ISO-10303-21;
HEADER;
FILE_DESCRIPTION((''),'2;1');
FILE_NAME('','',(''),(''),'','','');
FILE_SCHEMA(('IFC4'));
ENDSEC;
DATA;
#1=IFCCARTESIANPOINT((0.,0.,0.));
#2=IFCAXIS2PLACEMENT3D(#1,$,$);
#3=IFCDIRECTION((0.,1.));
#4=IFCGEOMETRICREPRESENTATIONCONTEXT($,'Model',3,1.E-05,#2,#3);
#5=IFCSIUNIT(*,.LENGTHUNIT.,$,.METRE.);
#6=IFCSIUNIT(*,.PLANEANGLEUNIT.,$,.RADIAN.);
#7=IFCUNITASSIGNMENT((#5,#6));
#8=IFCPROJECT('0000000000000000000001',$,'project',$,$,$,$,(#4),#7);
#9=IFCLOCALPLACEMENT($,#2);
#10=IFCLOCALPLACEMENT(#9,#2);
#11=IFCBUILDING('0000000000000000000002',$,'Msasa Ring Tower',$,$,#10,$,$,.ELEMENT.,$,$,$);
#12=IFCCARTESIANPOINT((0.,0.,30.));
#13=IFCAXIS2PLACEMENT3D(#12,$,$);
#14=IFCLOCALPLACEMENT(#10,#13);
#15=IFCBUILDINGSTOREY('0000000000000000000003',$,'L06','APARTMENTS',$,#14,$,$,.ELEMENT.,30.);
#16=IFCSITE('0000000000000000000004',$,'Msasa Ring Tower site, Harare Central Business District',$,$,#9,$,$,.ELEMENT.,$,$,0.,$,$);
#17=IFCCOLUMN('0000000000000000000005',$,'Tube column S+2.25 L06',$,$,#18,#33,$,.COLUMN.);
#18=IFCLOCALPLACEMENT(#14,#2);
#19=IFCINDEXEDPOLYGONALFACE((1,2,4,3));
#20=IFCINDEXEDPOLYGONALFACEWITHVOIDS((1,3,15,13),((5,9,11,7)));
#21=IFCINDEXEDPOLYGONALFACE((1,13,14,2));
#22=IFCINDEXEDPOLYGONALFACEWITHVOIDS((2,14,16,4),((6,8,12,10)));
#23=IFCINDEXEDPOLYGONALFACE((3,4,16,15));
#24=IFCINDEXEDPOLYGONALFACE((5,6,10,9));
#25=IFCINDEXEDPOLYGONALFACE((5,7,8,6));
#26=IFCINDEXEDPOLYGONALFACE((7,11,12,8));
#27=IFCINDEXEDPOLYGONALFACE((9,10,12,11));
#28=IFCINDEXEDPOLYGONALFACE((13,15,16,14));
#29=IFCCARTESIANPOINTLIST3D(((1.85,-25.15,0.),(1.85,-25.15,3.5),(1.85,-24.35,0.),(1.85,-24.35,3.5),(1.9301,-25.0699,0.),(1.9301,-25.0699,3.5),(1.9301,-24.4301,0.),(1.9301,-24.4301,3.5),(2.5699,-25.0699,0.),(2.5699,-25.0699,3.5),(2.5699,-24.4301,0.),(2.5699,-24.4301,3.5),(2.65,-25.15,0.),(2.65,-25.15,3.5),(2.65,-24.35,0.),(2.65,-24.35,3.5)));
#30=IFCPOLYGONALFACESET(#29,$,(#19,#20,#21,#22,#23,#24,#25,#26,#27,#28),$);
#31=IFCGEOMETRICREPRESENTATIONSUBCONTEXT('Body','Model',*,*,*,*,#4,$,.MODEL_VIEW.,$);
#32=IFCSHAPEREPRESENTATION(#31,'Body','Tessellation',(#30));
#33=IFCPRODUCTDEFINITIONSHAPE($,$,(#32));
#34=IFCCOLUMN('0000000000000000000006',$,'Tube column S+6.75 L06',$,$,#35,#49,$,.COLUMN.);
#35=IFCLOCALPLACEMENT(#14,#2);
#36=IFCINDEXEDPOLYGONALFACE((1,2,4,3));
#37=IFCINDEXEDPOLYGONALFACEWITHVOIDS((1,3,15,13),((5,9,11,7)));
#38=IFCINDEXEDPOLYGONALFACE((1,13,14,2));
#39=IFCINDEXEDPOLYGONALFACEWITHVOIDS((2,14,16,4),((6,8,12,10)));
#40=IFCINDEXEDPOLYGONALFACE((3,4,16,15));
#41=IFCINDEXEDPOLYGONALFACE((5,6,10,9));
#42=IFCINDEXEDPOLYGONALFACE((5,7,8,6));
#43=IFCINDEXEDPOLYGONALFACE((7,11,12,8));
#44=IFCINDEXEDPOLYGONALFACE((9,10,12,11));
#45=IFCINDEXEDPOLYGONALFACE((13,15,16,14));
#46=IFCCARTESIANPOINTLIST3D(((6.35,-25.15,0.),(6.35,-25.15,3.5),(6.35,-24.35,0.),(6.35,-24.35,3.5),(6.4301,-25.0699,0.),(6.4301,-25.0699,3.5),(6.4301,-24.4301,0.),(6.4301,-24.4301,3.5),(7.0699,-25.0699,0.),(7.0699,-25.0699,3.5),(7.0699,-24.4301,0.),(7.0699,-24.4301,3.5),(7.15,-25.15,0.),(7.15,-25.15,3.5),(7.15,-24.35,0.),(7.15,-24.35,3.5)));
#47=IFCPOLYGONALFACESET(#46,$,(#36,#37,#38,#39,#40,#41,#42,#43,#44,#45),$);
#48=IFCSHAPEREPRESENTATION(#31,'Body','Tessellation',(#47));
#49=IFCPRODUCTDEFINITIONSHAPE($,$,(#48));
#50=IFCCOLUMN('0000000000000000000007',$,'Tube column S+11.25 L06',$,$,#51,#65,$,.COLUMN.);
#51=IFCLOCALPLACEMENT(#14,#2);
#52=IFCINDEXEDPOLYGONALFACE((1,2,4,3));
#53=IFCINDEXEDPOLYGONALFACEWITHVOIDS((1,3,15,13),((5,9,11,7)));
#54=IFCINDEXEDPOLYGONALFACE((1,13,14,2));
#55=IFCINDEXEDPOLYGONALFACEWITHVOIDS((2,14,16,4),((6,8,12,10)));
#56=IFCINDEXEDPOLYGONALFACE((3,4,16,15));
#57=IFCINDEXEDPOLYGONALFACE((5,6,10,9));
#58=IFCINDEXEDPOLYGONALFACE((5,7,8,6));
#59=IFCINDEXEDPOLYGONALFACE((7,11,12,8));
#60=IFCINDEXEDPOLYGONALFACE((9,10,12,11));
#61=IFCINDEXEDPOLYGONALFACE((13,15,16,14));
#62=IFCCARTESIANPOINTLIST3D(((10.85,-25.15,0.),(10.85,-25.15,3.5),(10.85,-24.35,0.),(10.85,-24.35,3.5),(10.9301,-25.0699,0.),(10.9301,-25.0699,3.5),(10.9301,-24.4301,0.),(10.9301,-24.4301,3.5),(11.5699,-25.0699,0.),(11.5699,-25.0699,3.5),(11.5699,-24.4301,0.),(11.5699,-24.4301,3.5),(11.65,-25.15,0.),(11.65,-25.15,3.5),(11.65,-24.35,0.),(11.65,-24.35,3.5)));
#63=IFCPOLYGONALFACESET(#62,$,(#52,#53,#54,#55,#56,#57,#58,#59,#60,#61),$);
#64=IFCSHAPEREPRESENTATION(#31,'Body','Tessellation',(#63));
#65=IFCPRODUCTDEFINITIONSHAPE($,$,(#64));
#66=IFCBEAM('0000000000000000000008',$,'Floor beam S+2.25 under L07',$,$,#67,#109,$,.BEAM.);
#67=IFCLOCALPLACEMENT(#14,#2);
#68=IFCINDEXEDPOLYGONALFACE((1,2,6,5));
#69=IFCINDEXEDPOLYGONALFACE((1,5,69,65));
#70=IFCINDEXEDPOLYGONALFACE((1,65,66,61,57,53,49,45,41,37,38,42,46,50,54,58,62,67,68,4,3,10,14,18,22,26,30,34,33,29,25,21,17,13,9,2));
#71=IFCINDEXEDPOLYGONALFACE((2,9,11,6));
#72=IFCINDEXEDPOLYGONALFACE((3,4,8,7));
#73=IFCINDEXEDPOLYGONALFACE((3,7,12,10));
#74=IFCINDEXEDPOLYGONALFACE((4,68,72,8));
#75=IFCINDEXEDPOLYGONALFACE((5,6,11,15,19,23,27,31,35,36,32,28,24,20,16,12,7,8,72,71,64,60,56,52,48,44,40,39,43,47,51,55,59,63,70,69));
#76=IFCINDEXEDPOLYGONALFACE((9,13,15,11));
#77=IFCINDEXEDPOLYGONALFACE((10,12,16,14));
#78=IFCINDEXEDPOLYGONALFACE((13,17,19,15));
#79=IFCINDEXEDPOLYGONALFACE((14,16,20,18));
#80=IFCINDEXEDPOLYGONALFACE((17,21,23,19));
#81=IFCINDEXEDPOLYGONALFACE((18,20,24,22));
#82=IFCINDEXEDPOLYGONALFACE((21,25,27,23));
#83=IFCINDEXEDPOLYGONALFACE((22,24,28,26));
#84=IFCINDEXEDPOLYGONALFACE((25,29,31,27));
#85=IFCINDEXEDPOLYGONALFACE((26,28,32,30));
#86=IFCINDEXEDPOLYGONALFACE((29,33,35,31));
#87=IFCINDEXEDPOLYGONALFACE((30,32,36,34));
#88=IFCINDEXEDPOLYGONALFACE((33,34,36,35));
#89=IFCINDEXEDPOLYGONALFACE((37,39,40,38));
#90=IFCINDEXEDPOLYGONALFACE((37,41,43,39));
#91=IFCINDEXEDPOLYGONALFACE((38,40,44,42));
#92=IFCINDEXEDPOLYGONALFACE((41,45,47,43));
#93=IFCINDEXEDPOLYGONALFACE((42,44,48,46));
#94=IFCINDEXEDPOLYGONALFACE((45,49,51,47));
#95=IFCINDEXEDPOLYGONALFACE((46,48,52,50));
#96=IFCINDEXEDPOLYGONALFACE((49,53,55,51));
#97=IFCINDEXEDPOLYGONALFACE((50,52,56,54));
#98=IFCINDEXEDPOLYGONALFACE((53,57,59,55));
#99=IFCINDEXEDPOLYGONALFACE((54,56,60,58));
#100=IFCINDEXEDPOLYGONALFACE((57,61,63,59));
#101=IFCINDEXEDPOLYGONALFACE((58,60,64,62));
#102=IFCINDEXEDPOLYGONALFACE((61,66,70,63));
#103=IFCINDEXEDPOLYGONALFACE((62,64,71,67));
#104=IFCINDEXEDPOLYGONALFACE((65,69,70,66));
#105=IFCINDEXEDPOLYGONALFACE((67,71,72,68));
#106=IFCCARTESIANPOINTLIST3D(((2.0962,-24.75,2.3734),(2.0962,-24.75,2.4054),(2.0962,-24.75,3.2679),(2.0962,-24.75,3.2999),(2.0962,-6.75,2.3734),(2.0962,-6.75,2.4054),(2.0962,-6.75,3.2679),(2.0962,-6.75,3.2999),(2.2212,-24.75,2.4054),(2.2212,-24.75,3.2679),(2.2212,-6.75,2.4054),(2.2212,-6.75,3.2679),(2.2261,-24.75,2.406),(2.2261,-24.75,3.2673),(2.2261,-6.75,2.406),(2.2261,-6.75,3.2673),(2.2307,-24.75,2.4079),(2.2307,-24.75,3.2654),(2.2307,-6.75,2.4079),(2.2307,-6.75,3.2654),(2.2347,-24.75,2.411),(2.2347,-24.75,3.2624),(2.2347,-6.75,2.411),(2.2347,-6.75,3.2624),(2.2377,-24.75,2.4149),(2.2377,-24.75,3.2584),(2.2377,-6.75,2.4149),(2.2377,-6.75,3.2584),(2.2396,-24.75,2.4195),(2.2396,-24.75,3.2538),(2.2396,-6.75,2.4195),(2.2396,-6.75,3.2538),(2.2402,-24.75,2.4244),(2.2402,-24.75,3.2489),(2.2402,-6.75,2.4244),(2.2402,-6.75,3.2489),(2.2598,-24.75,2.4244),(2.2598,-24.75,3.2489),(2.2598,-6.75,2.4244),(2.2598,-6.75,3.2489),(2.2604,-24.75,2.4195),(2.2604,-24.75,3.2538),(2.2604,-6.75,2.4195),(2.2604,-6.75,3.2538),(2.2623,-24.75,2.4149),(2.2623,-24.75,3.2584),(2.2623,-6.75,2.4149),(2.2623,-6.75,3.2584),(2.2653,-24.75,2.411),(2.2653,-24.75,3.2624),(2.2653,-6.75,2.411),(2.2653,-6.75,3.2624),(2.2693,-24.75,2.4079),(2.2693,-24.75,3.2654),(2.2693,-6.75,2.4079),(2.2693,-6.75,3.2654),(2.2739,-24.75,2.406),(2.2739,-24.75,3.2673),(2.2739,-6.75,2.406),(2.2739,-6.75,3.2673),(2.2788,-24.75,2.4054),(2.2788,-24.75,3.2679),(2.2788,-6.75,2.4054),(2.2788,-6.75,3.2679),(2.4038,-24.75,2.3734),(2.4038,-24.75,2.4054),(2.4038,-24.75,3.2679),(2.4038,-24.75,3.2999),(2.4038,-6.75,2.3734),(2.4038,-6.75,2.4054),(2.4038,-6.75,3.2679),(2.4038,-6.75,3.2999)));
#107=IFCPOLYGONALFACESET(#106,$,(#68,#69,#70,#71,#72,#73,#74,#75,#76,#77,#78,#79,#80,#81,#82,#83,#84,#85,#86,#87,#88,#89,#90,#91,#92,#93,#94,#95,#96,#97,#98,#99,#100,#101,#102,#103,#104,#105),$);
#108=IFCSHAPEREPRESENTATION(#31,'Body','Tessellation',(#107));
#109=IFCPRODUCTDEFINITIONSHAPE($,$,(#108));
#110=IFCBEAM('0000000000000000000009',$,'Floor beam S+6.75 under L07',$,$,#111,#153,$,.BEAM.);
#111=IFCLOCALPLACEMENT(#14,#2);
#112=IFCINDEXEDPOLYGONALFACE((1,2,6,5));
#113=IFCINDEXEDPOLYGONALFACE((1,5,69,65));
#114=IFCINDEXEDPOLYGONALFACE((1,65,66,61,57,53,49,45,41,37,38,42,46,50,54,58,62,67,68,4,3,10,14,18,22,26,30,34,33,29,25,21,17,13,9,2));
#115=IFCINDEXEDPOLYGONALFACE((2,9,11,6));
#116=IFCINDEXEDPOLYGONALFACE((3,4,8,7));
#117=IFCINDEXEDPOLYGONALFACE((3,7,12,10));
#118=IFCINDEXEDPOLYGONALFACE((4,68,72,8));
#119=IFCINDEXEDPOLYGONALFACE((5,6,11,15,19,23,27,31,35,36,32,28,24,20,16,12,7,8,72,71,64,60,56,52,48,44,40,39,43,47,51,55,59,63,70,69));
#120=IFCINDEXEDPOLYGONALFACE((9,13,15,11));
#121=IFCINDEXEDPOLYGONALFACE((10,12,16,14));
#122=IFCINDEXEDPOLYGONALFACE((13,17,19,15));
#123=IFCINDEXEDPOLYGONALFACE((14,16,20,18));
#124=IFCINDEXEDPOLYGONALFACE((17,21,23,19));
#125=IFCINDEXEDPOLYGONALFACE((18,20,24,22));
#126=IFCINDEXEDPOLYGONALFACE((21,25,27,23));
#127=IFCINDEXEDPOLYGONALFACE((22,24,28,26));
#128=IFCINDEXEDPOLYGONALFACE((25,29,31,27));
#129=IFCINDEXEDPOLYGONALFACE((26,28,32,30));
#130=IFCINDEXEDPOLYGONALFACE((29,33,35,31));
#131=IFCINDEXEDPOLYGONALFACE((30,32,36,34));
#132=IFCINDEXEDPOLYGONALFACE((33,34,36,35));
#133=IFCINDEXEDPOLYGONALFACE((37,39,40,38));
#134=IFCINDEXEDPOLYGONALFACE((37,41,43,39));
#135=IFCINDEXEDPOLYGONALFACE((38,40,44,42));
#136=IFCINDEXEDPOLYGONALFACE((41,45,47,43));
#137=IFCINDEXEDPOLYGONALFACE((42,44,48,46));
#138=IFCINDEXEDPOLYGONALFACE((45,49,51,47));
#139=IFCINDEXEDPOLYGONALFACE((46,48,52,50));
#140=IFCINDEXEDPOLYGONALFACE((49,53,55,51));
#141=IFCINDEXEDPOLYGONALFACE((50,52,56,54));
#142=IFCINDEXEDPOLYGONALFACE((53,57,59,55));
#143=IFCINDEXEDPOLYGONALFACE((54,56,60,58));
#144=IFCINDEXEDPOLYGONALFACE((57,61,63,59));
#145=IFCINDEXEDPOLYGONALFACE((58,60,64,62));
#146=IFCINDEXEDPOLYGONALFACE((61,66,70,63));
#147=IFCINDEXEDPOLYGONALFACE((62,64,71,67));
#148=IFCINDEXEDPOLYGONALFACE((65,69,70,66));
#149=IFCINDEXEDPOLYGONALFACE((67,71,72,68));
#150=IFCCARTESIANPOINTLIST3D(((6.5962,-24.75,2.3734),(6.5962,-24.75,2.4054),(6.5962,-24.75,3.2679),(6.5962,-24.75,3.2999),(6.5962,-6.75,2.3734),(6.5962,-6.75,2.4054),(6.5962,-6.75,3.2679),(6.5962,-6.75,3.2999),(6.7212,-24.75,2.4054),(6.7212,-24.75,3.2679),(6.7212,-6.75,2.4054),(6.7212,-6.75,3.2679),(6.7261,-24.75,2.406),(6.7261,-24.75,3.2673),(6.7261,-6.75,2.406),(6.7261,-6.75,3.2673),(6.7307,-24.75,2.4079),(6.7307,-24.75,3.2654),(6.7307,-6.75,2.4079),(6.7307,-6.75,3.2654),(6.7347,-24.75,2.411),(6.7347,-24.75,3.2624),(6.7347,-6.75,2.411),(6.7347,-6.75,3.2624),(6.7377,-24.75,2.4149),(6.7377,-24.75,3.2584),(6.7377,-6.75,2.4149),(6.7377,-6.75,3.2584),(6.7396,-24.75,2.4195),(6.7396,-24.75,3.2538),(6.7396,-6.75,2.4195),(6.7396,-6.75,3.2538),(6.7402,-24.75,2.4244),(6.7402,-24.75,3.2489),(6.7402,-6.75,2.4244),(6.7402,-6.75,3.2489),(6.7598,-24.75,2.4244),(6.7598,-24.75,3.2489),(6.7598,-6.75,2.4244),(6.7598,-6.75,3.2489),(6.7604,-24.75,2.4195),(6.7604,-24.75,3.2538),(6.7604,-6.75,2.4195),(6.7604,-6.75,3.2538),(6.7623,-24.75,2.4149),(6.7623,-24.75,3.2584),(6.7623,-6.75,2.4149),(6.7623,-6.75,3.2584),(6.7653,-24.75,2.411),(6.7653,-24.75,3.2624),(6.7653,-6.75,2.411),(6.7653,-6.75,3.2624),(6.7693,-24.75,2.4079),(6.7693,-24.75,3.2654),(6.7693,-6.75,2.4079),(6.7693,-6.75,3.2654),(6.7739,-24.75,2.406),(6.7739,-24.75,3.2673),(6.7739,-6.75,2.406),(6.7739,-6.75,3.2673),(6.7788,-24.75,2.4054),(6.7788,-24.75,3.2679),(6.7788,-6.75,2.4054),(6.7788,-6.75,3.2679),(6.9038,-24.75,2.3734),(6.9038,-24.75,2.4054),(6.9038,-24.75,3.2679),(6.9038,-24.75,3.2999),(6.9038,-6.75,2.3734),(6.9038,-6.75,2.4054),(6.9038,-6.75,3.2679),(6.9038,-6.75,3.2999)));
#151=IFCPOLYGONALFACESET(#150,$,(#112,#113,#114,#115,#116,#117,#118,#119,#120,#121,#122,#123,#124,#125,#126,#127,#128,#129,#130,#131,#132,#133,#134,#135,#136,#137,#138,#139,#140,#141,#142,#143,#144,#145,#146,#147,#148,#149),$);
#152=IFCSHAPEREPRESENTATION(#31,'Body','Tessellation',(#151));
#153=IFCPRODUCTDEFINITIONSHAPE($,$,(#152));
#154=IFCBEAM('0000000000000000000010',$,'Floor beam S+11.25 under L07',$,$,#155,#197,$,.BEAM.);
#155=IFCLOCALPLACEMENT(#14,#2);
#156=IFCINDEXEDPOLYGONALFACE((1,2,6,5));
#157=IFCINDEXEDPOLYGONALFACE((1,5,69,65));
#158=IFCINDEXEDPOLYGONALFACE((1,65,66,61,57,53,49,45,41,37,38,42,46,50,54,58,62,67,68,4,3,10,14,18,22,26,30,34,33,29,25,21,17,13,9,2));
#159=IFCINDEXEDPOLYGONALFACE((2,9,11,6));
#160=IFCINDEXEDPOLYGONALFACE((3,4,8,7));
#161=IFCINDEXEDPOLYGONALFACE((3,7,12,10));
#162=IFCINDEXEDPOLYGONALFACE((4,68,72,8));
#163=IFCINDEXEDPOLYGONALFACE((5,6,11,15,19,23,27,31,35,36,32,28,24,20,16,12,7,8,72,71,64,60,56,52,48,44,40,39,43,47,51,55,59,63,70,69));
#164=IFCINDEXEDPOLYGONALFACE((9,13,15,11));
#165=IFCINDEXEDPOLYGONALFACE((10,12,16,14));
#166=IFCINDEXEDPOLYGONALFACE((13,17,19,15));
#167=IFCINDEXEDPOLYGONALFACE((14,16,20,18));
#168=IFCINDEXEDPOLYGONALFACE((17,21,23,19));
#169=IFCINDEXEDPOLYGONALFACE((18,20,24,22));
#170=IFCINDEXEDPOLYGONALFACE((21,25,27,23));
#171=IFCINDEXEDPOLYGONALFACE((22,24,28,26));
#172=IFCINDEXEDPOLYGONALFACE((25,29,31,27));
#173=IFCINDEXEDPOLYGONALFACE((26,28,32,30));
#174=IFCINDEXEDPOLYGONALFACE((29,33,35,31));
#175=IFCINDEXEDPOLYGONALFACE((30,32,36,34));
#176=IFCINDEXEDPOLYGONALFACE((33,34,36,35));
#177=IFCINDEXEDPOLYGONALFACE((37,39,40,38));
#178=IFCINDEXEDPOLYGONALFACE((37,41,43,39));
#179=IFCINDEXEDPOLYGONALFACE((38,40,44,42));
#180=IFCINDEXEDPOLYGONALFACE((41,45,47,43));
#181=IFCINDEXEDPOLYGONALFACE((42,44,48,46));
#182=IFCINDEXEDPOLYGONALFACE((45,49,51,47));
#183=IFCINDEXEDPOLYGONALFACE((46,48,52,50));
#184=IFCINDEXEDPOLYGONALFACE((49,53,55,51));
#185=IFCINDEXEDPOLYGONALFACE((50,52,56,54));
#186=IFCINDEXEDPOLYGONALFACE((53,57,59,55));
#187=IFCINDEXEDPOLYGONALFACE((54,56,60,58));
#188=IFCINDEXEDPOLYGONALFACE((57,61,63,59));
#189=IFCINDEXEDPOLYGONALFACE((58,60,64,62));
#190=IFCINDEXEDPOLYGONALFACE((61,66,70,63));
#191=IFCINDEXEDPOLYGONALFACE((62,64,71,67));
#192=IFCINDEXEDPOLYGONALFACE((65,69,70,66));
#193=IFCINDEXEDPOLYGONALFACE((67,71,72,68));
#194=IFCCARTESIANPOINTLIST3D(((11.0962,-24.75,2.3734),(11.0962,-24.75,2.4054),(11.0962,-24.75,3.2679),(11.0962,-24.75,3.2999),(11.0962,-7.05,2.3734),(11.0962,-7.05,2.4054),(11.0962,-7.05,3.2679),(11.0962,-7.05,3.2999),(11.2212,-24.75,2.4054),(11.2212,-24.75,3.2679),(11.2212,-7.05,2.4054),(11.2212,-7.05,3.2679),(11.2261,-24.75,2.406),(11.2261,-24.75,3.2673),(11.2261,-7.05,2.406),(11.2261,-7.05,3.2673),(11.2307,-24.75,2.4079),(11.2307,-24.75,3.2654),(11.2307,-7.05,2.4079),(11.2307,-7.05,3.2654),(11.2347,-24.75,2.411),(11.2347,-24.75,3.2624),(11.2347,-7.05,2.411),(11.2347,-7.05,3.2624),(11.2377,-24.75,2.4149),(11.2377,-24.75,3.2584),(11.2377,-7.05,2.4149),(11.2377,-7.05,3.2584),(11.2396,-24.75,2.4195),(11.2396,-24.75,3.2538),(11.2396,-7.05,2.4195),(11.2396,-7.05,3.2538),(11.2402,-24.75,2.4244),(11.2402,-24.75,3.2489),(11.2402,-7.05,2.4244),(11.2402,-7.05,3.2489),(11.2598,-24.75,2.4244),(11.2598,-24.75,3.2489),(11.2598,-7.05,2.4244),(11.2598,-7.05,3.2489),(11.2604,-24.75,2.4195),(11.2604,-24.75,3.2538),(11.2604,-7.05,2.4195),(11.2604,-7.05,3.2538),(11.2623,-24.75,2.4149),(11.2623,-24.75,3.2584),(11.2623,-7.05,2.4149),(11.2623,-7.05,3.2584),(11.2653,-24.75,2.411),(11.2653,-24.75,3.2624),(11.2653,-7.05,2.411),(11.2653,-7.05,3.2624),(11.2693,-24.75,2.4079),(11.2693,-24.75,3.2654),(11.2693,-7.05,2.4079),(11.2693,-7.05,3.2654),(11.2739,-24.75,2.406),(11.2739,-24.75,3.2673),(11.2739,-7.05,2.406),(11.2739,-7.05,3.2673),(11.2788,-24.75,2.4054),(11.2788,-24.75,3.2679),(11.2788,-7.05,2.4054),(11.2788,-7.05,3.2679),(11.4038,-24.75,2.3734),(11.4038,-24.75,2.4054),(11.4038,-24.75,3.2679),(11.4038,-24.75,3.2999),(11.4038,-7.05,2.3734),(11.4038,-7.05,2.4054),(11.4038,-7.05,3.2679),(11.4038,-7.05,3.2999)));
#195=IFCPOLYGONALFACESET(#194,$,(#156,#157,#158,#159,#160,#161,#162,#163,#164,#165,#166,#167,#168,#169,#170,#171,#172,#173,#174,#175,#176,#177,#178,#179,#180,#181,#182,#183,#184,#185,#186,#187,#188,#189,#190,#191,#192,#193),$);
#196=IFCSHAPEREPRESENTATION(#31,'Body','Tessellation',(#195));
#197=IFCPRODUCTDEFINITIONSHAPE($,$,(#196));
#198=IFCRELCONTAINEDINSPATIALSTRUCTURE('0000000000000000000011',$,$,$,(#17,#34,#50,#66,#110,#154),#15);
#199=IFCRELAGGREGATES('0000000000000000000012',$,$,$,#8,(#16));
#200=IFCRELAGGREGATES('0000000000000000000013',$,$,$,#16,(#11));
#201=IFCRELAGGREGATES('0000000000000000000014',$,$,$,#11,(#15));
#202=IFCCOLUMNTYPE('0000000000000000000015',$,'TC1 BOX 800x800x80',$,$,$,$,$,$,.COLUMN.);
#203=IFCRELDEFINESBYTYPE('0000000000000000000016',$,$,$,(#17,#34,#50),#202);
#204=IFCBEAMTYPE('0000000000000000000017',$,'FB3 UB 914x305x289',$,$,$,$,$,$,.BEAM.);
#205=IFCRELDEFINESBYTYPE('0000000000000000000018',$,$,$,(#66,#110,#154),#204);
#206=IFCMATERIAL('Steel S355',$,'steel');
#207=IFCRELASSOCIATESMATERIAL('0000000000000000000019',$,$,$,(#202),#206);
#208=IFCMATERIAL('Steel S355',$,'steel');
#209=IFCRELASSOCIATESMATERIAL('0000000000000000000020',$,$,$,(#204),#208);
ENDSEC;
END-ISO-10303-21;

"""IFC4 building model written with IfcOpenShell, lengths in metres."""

from ifc_helpers import new_model, si_unit, direction, frame, origin, origin_2d, place, context, subcontext, project, spatial, hollow_rectangle, i_section, extrude, material, material_profile, profile_set, type_object, element, save


model = new_model("IFC4")

# Units and contexts
model_context = context("Model", 3, precision=1e-05, world=origin(), true_north=direction((0.0, 1.0)))
body_context = subcontext(model_context, "Body", "Model", "MODEL_VIEW")
ifc_project = project(units=[si_unit("LENGTHUNIT", "METRE"), si_unit("PLANEANGLEUNIT", "RADIAN")], contexts=[model_context])

# Site, building, storey
site_placement = place(None, origin())
site = spatial("IfcSite", under=ifc_project, at=site_placement, Name="Msasa Ring Tower site, Harare Central Business District", CompositionType="ELEMENT", RefElevation=0.0)
building_placement = place(site_placement, origin())
building = spatial("IfcBuilding", under=site, at=building_placement, Name="Msasa Ring Tower", CompositionType="ELEMENT")
storey_placement = place(building_placement, frame((0.0, 0.0, 30.0)))
storey = spatial("IfcBuildingStorey", under=building, at=storey_placement, Name="L06", Description="APARTMENTS", CompositionType="ELEMENT", Elevation=30.0)

# Columns
ifc_material_1 = material(Name="Steel S355", Category="steel")
ifc_material_profile_1 = material_profile(ifc_material_1, hollow_rectangle(XDim=0.8, YDim=0.8, WallThickness=0.0801, at=origin_2d()), Name="BOX 800x800x80")
ifc_profile_set_1 = profile_set([ifc_material_profile_1], Name="Steel S355")
column_type = type_object("IfcColumnType", Name="TC1 BOX 800x800x80", PredefinedType="COLUMN", material=ifc_profile_set_1)
for number, where, z_axis, x_axis, name in (
    (1, (2.25, -24.75, 0.0), (0.0, 0.0, 1.0), (0.0, 1.0, 0.0), "Tube column S+2.25 L06"),
    (2, (6.75, -24.75, 0.0), (0.0, 0.0, 1.0), (0.0, 1.0, 0.0), "Tube column S+6.75 L06"),
    (3, (11.25, -24.75, 0.0), (0.0, 0.0, 1.0), (0.0, 1.0, 0.0), "Tube column S+11.25 L06"),
):
    element("IfcColumn", number, at=place(storey_placement, frame(where, z_axis=z_axis, x_axis=x_axis)), inside=storey, type_object=column_type, Name=name, PredefinedType="COLUMN", context=body_context, shape_type="SweptSolid", body=[
        extrude(hollow_rectangle(XDim=0.8, YDim=0.8, WallThickness=0.0801, at=origin_2d()), origin(), (0.0, 0.0, 1.0), 3.5),
    ])

# Beams
ifc_material_2 = material(Name="Steel S355", Category="steel")
ifc_material_profile_2 = material_profile(ifc_material_2, i_section(OverallWidth=0.3076, OverallDepth=0.9265, WebThickness=0.0195, FlangeThickness=0.032, FilletRadius=0.019, at=origin_2d()), Name="UB 914x305x289")
ifc_profile_set_2 = profile_set([ifc_material_profile_2], Name="Steel S355")
beam_type_1 = type_object("IfcBeamType", Name="FB3 UB 914x305x289", PredefinedType="BEAM", material=ifc_profile_set_2)
for number, where, z_axis, x_axis, name in (
    (4, (2.25, -24.75, 2.8367), (0.0, 1.0, 0.0), (-1.0, 0.0, 0.0), "Floor beam S+2.25 under L07"),
    (5, (6.75, -24.75, 2.8367), (0.0, 1.0, 0.0), (-1.0, 0.0, 0.0), "Floor beam S+6.75 under L07"),
):
    element("IfcBeam", number, at=place(storey_placement, frame(where, z_axis=z_axis, x_axis=x_axis)), inside=storey, type_object=beam_type_1, Name=name, PredefinedType="BEAM", context=body_context, shape_type="SweptSolid", body=[
        extrude(i_section(OverallWidth=0.3076, OverallDepth=0.9265, WebThickness=0.0195, FlangeThickness=0.032, FilletRadius=0.019, at=origin_2d()), origin(), (0.0, 0.0, 1.0), 18.0),
    ])
beam_placement = place(storey_placement, frame((11.25, -24.75, 2.8367), z_axis=(0.0, 1.0, 0.0), x_axis=(-1.0, 0.0, 0.0)))
element("IfcBeam", 6, at=beam_placement, inside=storey, type_object=beam_type_1, Name="Floor beam S+11.25 under L07", PredefinedType="BEAM", context=body_context, shape_type="SweptSolid", body=[
    extrude(i_section(OverallWidth=0.3076, OverallDepth=0.9265, WebThickness=0.0195, FlangeThickness=0.032, FilletRadius=0.019, at=origin_2d()), origin(), (0.0, 0.0, 1.0), 17.7),
])

save(model, "model.ifc")
